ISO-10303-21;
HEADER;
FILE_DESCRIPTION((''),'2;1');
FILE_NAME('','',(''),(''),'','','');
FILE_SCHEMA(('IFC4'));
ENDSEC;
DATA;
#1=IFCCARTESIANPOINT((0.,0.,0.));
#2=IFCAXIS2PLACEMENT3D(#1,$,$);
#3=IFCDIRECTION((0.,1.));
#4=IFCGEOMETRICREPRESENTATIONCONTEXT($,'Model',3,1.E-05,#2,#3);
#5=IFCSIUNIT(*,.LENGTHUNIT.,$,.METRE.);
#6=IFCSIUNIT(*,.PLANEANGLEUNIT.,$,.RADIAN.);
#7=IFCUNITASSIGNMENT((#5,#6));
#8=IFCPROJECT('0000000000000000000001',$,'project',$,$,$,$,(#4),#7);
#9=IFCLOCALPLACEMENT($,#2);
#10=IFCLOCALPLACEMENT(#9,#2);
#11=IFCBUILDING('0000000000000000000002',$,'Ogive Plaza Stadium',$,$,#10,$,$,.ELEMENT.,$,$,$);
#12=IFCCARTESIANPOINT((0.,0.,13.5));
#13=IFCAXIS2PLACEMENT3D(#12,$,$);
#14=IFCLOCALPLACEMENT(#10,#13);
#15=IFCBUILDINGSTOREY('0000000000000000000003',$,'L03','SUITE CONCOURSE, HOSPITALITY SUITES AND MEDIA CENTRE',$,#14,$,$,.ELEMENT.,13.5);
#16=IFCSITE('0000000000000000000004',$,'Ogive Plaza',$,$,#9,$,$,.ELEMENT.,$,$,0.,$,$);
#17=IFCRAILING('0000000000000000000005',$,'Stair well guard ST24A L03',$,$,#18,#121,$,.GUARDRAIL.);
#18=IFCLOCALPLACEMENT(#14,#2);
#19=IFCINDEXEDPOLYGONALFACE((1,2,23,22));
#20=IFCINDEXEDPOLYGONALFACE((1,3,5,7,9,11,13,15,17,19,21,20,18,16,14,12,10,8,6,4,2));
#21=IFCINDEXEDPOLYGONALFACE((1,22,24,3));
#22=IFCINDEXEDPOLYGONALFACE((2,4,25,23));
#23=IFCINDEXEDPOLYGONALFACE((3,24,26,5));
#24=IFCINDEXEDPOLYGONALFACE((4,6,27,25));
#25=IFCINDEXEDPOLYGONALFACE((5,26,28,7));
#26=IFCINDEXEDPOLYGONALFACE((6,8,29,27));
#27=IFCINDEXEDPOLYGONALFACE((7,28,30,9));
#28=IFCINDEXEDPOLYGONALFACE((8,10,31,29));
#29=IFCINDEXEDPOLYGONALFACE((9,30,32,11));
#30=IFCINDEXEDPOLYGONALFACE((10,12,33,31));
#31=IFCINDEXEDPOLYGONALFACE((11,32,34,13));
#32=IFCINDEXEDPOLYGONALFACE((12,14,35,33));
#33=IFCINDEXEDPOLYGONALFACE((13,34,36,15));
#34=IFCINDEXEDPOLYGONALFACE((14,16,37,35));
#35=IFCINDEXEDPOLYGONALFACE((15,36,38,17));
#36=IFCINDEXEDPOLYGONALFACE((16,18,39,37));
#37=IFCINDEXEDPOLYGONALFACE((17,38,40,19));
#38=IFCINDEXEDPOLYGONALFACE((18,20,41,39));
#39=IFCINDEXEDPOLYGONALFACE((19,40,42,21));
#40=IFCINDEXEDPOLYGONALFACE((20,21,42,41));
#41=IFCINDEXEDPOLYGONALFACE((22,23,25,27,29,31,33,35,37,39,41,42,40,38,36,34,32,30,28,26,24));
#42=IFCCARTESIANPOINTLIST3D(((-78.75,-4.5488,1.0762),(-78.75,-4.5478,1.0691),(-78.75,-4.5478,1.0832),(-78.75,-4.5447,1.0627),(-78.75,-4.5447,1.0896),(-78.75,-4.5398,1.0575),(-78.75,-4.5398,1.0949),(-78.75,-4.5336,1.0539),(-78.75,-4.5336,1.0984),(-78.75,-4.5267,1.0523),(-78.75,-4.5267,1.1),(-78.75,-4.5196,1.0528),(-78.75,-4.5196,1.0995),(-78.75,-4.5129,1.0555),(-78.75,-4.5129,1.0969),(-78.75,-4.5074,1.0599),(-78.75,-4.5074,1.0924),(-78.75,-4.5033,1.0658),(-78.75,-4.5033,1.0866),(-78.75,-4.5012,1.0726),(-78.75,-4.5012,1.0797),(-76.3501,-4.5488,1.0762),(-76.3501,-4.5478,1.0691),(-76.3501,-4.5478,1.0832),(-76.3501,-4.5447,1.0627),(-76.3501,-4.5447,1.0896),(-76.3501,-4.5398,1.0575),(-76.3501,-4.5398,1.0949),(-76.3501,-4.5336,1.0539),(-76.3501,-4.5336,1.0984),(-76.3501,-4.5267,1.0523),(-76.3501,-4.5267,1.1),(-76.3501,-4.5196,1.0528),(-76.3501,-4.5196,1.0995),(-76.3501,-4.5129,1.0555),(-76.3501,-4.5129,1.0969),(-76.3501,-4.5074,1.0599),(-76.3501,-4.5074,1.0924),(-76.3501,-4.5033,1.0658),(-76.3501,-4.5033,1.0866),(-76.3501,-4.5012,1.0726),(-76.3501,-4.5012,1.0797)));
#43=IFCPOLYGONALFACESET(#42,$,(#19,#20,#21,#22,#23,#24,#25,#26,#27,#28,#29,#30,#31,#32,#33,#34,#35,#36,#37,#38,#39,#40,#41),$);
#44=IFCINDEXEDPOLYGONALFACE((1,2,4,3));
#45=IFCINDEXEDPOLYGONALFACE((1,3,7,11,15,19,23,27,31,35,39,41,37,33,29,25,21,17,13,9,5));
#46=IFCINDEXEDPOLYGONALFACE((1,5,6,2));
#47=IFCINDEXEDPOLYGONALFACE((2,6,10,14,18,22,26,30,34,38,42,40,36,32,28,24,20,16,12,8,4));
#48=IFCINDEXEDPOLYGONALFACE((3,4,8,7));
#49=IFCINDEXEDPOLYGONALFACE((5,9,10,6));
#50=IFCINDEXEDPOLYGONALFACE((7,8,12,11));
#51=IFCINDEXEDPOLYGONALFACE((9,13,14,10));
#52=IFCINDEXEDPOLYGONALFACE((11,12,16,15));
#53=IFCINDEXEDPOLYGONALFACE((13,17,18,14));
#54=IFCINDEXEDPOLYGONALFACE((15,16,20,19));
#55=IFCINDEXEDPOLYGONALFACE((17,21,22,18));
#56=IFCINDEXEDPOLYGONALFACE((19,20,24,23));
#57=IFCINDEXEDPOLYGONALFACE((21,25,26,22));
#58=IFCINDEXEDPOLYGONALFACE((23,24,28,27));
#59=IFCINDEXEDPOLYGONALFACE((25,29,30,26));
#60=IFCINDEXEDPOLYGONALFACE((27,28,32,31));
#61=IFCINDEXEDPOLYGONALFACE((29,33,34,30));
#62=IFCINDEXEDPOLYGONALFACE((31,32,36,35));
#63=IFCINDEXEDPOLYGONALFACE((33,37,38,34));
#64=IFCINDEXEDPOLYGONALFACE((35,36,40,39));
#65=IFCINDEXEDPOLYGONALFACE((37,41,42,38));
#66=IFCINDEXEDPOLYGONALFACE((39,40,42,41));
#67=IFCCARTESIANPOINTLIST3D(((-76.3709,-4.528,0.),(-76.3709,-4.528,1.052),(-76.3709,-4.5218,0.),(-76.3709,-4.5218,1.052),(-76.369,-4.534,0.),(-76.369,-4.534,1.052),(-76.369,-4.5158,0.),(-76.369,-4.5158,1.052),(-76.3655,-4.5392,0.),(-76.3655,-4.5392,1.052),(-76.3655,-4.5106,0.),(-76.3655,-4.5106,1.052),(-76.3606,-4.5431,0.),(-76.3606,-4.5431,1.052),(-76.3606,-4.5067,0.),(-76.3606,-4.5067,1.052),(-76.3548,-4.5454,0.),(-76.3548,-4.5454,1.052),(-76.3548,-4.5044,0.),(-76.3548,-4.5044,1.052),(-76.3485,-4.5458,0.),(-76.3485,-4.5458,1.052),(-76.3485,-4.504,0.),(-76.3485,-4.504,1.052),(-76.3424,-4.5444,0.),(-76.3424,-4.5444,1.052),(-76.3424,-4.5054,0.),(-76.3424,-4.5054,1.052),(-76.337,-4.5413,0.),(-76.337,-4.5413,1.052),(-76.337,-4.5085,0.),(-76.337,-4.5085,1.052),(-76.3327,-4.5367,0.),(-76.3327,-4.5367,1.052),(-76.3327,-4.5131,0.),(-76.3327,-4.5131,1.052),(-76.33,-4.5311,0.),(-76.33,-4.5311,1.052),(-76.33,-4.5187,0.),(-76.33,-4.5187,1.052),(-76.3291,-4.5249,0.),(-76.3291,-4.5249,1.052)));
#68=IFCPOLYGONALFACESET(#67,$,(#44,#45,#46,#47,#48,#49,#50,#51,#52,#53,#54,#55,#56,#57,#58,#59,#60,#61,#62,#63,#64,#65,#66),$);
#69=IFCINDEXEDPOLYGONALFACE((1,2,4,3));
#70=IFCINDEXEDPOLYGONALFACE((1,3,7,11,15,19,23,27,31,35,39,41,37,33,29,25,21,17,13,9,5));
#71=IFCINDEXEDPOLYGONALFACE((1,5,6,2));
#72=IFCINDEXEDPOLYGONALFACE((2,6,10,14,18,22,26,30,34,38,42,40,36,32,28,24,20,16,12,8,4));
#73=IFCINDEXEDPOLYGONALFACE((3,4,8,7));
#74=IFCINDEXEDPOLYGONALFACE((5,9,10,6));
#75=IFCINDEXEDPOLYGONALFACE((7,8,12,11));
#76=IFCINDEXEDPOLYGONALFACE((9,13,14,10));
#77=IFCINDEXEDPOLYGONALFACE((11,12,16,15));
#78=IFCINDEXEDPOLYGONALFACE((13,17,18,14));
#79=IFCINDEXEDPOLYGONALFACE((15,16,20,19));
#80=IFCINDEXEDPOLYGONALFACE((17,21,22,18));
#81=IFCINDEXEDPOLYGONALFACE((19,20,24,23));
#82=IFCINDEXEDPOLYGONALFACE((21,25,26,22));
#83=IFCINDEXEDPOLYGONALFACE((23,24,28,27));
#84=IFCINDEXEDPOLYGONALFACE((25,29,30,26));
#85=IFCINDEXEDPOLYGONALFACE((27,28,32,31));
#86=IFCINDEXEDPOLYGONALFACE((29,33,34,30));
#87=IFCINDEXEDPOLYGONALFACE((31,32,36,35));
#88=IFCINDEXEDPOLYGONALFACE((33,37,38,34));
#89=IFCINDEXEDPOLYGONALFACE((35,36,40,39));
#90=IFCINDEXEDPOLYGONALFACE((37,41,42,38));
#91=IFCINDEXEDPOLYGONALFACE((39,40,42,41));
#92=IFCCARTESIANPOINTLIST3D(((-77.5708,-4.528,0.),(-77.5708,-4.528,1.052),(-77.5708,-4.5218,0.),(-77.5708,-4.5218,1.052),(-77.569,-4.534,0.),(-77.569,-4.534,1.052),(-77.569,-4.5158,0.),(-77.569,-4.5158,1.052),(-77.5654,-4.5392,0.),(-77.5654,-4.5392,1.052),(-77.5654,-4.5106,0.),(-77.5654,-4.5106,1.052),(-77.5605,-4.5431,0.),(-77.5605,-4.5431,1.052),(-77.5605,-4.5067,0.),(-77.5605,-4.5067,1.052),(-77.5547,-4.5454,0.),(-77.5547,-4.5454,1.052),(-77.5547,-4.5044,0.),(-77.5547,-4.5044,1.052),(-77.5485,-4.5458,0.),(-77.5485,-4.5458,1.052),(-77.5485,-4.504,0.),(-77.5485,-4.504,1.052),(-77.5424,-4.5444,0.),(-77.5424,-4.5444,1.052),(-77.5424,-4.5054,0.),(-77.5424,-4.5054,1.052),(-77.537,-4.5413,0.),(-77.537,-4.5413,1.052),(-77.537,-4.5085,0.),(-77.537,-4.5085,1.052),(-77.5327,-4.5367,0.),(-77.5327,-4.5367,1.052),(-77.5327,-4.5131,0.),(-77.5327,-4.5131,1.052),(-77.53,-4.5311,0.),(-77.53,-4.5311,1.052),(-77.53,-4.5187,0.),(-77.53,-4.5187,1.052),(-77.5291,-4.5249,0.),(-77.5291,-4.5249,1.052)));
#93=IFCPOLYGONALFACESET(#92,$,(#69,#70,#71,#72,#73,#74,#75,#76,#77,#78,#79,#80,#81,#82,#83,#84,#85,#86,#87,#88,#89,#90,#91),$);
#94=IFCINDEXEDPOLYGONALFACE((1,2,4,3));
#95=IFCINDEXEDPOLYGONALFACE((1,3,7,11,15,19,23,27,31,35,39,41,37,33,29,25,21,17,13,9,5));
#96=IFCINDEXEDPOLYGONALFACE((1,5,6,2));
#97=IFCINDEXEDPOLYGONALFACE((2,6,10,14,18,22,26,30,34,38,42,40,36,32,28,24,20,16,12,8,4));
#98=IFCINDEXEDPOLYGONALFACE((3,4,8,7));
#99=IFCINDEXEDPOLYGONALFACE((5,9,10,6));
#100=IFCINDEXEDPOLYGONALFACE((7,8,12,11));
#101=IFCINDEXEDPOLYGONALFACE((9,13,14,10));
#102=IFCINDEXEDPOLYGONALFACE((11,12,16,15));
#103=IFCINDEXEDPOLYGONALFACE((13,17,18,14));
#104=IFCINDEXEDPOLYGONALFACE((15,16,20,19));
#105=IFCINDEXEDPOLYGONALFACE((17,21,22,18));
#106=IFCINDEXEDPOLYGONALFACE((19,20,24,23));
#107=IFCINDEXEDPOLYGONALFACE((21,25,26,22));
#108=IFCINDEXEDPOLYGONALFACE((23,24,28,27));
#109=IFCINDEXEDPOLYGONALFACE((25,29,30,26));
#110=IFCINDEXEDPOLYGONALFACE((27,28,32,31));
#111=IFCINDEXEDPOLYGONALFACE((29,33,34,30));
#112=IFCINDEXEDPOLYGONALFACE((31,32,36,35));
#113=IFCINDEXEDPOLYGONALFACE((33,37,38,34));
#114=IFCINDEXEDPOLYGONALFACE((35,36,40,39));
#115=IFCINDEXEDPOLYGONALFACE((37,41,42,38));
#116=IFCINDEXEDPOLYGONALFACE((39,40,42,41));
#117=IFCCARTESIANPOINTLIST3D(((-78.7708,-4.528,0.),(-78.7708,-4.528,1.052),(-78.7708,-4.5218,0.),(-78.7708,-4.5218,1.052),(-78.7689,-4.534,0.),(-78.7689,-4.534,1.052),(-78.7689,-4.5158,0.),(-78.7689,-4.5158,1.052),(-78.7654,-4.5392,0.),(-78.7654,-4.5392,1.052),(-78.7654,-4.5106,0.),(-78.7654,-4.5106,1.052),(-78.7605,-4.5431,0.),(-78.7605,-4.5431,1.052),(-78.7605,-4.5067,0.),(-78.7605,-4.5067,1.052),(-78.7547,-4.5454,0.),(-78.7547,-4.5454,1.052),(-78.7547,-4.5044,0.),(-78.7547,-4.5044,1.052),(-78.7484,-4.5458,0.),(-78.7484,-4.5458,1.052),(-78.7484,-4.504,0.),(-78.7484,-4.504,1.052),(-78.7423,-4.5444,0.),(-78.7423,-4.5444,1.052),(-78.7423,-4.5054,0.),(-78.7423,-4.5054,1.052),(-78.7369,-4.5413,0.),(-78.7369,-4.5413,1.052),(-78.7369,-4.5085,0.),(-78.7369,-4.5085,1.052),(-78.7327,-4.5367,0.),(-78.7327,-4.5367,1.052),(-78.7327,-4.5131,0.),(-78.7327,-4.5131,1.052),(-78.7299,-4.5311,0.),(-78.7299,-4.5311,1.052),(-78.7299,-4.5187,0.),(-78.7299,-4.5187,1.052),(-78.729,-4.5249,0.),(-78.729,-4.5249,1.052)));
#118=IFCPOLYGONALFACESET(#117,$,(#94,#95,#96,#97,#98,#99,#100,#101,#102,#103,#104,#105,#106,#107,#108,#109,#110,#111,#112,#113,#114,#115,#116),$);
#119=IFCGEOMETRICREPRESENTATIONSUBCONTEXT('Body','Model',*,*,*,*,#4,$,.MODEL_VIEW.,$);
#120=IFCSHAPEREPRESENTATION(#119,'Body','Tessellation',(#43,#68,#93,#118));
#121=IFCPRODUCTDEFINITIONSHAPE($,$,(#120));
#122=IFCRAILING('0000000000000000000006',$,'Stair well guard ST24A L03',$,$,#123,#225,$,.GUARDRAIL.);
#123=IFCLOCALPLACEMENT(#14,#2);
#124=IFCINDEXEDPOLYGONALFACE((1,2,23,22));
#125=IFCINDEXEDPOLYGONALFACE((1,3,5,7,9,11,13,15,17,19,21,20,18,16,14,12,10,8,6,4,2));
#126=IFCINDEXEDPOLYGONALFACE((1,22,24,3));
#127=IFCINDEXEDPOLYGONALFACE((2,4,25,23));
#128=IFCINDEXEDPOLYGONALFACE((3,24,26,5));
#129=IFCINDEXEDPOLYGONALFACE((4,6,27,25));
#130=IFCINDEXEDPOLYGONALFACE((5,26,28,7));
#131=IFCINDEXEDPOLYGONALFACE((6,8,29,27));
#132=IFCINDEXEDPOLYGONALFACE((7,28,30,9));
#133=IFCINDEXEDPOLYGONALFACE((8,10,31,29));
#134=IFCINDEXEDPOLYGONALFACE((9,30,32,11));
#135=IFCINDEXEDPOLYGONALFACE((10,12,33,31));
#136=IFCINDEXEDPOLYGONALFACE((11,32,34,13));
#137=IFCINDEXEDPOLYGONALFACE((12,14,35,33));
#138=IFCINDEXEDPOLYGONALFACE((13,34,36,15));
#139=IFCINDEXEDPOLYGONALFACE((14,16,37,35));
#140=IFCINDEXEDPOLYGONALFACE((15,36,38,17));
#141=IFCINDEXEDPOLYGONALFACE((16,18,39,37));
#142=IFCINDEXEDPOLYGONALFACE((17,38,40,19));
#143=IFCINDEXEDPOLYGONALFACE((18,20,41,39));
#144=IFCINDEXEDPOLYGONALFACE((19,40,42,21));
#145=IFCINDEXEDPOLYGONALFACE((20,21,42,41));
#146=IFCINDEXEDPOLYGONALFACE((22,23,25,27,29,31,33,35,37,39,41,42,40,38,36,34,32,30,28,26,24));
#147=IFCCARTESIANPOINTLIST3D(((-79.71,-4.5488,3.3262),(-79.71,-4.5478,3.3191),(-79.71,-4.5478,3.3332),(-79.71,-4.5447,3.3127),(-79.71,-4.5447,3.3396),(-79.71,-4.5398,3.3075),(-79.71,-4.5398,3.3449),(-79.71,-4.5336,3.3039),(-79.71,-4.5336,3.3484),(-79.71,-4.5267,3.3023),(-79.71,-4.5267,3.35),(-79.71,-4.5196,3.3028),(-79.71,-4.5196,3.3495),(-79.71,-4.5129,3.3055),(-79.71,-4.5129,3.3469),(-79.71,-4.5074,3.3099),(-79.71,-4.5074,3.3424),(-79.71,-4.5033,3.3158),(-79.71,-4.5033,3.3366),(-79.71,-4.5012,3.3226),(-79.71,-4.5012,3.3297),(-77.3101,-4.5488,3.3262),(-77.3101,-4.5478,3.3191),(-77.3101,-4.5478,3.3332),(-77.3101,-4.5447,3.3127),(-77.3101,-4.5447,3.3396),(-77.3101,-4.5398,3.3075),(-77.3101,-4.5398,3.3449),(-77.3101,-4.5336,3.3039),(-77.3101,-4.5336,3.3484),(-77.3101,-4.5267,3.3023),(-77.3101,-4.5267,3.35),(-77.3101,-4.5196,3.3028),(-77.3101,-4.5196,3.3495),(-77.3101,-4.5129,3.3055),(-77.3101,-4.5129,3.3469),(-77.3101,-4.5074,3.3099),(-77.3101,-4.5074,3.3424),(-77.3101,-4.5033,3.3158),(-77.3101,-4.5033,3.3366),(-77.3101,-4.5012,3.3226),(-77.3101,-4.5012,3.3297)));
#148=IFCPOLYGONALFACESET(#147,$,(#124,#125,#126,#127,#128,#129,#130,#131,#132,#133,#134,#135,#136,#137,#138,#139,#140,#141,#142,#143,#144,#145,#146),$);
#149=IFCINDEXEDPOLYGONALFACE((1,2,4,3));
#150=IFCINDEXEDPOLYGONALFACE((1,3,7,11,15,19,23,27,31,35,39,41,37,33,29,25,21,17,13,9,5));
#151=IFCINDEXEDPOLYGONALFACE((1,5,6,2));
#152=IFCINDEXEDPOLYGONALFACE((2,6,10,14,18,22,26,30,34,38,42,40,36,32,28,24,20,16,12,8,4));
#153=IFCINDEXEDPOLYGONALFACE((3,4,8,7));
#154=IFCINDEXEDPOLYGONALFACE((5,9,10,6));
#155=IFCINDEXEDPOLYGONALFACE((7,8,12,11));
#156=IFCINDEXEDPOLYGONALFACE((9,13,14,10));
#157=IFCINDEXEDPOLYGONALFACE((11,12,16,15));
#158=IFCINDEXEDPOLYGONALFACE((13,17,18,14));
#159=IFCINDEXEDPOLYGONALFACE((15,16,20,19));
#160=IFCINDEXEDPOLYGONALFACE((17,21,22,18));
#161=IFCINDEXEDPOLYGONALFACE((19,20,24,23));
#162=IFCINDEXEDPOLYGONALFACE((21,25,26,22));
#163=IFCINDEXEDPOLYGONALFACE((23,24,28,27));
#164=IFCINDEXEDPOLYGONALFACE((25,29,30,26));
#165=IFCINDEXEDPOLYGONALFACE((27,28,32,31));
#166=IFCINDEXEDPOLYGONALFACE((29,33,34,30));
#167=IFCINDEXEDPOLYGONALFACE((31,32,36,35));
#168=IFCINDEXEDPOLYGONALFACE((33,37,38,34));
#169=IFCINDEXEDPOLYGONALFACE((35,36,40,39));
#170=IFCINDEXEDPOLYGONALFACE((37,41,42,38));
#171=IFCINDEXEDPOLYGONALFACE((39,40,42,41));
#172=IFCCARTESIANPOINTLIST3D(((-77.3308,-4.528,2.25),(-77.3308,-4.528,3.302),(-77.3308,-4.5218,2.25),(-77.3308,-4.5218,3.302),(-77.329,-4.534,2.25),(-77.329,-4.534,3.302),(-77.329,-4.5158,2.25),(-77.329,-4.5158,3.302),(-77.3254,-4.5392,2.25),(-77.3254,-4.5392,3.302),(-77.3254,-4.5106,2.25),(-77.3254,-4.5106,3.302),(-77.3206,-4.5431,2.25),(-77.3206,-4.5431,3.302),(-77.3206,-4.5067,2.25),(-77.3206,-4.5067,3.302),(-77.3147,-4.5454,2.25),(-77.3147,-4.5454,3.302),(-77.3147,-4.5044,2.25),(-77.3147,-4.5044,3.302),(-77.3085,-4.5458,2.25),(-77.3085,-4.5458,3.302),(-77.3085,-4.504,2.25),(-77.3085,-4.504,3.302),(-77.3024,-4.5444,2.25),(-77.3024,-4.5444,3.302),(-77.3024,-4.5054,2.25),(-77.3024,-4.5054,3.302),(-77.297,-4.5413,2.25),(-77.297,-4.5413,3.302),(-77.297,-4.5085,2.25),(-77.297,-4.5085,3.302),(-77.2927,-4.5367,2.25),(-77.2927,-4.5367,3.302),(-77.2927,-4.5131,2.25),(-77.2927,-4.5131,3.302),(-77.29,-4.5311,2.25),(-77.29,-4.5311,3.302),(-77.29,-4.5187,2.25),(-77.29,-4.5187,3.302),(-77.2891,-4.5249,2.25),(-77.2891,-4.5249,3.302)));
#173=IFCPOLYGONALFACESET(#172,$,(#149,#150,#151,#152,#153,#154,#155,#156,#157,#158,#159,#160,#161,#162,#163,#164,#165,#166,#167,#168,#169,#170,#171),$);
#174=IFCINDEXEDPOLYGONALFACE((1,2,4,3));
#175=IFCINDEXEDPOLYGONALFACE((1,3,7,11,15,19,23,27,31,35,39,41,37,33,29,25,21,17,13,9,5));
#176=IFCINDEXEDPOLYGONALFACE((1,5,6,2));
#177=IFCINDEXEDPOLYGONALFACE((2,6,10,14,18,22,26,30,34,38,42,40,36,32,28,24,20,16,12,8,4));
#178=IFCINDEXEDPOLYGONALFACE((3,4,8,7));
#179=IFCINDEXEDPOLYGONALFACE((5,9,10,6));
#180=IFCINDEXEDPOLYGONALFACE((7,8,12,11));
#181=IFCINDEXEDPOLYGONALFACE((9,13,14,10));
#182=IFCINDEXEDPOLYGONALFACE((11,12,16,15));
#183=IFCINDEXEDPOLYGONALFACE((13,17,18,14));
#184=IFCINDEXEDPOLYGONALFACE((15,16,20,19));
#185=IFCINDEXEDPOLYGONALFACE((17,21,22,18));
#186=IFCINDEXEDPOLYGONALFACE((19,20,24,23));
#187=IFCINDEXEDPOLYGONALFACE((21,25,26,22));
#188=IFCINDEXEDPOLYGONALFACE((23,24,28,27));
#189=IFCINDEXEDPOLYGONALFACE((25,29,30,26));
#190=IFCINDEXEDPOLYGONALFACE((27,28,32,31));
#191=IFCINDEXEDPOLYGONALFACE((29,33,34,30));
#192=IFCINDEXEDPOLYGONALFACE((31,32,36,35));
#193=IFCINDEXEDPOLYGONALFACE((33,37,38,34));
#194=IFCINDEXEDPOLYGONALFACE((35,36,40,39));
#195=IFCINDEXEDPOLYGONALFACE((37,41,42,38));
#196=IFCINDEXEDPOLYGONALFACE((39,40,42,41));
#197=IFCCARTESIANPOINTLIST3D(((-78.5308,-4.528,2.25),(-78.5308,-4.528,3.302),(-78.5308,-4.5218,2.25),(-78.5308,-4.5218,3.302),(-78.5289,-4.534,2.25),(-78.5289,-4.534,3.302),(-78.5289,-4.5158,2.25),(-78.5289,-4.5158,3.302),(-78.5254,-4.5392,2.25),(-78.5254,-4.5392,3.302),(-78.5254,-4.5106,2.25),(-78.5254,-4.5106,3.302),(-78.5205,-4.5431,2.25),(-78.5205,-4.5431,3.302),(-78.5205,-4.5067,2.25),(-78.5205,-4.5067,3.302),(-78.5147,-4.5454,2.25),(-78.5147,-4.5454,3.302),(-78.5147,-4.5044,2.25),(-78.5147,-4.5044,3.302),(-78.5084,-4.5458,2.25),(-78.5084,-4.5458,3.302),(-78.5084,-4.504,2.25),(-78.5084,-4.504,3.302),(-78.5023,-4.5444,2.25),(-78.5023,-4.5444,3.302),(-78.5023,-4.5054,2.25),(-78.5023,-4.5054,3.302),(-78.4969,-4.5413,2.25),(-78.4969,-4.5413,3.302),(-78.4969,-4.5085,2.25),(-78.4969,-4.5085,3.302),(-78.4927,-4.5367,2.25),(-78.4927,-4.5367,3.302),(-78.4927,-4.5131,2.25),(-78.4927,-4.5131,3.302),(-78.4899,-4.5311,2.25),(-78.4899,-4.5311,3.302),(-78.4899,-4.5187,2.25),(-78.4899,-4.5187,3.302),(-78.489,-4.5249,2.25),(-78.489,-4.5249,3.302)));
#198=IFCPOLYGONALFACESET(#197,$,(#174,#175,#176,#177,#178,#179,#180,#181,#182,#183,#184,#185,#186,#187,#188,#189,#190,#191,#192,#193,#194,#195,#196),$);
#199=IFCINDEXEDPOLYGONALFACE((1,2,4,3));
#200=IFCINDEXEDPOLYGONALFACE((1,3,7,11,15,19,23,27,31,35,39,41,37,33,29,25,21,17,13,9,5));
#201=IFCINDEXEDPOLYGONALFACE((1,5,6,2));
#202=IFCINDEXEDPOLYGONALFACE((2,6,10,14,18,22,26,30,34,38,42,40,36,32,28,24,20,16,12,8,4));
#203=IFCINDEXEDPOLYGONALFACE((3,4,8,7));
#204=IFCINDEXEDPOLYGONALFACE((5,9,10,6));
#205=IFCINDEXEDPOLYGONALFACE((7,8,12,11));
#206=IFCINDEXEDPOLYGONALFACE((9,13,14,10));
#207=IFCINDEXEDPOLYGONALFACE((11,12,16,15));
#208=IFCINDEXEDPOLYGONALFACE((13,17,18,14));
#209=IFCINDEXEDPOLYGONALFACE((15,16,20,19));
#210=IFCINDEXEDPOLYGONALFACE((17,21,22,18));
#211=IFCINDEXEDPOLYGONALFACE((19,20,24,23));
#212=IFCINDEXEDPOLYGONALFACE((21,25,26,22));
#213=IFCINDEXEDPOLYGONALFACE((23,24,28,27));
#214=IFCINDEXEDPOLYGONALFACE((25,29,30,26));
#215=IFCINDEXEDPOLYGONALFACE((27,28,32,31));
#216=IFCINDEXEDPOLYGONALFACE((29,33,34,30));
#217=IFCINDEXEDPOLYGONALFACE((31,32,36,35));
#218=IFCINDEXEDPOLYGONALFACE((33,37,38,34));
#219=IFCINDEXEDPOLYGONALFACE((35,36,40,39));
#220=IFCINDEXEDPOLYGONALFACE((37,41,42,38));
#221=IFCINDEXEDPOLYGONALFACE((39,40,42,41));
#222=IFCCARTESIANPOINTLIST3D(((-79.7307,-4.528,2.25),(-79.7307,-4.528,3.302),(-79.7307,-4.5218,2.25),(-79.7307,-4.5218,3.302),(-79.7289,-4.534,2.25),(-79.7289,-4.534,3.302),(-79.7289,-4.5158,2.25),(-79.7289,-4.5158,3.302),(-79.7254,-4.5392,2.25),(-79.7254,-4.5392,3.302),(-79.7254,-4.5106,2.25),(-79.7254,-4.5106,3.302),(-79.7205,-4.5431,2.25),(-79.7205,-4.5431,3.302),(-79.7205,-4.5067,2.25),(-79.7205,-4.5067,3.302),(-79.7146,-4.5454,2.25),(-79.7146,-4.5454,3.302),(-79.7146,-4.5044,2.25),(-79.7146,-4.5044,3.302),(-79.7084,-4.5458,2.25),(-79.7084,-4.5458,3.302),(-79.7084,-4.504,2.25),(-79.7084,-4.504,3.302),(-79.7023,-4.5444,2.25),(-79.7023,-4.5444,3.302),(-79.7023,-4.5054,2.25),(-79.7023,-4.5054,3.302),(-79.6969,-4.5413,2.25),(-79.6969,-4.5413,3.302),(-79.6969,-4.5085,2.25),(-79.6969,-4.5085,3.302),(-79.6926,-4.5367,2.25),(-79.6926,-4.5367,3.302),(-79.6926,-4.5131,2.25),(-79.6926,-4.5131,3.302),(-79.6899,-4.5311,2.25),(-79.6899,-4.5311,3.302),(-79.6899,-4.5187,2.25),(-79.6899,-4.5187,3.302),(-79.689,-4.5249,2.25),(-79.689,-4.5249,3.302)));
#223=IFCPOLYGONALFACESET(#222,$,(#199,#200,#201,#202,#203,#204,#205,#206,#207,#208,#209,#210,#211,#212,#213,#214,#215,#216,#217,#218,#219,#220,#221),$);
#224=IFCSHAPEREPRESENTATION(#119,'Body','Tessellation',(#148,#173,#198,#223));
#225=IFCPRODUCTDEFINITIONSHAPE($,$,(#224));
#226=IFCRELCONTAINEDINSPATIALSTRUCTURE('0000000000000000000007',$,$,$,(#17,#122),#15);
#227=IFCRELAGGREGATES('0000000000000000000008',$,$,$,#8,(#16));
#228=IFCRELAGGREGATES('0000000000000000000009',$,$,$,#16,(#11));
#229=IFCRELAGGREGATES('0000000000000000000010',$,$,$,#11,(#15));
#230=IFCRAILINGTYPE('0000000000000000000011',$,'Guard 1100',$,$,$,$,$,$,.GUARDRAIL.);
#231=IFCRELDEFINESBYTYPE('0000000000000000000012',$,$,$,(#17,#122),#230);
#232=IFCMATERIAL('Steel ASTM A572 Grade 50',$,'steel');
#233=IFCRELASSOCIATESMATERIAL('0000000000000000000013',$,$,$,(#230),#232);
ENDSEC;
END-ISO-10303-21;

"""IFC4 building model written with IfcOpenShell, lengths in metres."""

from ifc_helpers import new_model, si_unit, direction, frame, origin, origin_2d, place, context, subcontext, project, spatial, circle, extrude, material, type_object, element, save


model = new_model("IFC4")

# Units and contexts
model_context = context("Model", 3, precision=1e-05, world=origin(), true_north=direction((0.0, 1.0)))
body_context = subcontext(model_context, "Body", "Model", "MODEL_VIEW")
ifc_project = project(units=[si_unit("LENGTHUNIT", "METRE"), si_unit("PLANEANGLEUNIT", "RADIAN")], contexts=[model_context])

# Site, building, storey
site_placement = place(None, origin())
site = spatial("IfcSite", under=ifc_project, at=site_placement, Name="Ogive Plaza", CompositionType="ELEMENT", RefElevation=0.0)
building_placement = place(site_placement, origin())
building = spatial("IfcBuilding", under=site, at=building_placement, Name="Ogive Plaza Stadium", CompositionType="ELEMENT")
storey_placement = place(building_placement, frame((0.0, 0.0, 13.5)))
storey = spatial("IfcBuildingStorey", under=building, at=storey_placement, Name="L03", Description="SUITE CONCOURSE, HOSPITALITY SUITES AND MEDIA CENTRE", CompositionType="ELEMENT", Elevation=13.5)

# Railings
ifc_material_1 = material(Name="Steel ASTM A572 Grade 50", Category="steel")
railing_type_1 = type_object("IfcRailingType", Name="Guard 1100", PredefinedType="GUARDRAIL", material=ifc_material_1)
for number, where, name in (
    (1, (-76.3501, -4.5249, 0.0), "Stair well guard ST24A L03"),
    (2, (-77.3101, -4.5249, 2.25), "Stair well guard ST24A L03"),
):
    element("IfcRailing", number, at=place(storey_placement, frame(where)), inside=storey, type_object=railing_type_1, Name=name, PredefinedType="GUARDRAIL", context=body_context, shape_type="SweptSolid", body=[
        extrude(circle(Radius=0.0239, at=origin_2d()), frame((0.0, 0.0, 1.0762), z_axis=(-1.0, 0.0, 0.0), x_axis=(0.0, -1.0, 0.0)), (0.0, 0.0, 1.0), 2.3999),
        extrude(circle(Radius=0.021, at=origin_2d()), origin(), (0.0, 0.0, 1.0), 1.052),
        extrude(circle(Radius=0.021, at=origin_2d()), frame((-1.2, 0.0, 0.0)), (0.0, 0.0, 1.0), 1.052),
        extrude(circle(Radius=0.021, at=origin_2d()), frame((-2.3999, 0.0, 0.0)), (0.0, 0.0, 1.0), 1.052),
    ])

save(model, "model.ifc")
